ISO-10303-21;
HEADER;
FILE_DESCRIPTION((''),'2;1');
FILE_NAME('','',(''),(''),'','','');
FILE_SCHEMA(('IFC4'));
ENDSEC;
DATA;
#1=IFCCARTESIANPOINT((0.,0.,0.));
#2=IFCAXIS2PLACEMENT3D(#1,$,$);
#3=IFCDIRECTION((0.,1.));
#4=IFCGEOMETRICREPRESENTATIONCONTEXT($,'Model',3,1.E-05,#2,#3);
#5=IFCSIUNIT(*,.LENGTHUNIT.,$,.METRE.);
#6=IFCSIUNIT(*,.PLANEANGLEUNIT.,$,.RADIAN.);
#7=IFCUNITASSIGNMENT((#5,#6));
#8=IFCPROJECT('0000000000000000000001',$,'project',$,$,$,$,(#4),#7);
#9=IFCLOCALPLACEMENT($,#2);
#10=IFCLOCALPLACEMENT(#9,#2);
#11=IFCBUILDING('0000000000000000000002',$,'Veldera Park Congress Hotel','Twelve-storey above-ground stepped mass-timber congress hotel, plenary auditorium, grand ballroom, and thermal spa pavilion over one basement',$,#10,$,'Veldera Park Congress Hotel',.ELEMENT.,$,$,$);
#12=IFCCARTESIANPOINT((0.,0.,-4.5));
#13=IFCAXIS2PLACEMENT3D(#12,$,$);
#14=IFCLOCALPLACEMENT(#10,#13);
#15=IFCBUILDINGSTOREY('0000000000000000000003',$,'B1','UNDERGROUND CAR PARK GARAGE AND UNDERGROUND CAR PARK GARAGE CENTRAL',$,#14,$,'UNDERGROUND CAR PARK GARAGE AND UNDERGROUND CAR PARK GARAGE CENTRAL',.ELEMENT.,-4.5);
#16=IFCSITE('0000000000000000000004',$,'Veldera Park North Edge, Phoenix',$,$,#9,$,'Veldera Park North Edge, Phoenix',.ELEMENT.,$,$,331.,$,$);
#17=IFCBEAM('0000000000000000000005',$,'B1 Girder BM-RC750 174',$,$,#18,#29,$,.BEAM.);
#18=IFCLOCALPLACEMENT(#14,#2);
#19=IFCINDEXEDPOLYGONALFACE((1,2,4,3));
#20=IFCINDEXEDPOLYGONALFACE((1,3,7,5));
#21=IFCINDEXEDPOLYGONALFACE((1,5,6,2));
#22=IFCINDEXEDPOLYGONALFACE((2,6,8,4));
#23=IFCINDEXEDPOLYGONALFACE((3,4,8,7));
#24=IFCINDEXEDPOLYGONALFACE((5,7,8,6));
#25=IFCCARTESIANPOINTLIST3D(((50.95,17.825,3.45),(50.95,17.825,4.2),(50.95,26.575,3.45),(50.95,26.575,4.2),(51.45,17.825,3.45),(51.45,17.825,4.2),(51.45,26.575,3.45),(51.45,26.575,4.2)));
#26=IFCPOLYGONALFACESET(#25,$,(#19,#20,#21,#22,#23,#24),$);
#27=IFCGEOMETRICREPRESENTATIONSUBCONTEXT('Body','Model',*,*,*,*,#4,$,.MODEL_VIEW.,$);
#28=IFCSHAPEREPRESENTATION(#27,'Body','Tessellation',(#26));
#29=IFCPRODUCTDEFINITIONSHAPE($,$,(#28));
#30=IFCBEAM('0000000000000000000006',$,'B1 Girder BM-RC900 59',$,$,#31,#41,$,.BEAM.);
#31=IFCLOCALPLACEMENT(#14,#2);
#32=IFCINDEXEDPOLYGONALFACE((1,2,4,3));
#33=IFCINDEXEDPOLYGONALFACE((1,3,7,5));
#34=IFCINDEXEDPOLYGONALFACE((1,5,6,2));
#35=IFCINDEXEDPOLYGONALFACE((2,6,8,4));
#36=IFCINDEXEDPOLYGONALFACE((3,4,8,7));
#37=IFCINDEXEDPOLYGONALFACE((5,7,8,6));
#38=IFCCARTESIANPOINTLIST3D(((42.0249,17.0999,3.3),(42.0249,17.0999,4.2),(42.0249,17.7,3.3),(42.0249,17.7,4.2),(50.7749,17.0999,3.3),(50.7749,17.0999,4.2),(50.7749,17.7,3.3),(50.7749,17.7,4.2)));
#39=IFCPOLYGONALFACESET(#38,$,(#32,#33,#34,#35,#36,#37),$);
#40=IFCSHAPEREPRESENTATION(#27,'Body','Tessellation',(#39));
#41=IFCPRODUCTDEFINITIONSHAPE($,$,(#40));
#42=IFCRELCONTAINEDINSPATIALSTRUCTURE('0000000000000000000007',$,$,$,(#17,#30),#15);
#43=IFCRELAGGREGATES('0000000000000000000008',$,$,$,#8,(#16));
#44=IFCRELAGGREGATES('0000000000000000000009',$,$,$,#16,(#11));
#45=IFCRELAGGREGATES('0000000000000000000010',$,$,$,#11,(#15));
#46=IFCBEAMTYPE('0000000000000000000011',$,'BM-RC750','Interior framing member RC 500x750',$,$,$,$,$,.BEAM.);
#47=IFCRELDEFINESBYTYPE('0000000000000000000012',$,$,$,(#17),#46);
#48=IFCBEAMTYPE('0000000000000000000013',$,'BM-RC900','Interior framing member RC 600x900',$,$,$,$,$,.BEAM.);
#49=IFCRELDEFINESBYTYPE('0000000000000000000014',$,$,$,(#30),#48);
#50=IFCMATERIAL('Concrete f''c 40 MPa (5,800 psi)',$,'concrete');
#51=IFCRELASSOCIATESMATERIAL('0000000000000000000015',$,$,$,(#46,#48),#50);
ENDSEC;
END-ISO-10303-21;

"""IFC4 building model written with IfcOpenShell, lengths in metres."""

from ifc_helpers import new_model, si_unit, direction, frame, origin, origin_2d, place, context, subcontext, project, spatial, rectangle, extrude, material, material_profile, profile_set, type_object, element, save


model = new_model("IFC4")

# Units and contexts
model_context = context("Model", 3, precision=1e-05, world=origin(), true_north=direction((0.0, 1.0)))
body_context = subcontext(model_context, "Body", "Model", "MODEL_VIEW")
ifc_project = project(units=[si_unit("LENGTHUNIT", "METRE"), si_unit("PLANEANGLEUNIT", "RADIAN")], contexts=[model_context])

# Site, building, storey
site_placement = place(None, origin())
site = spatial("IfcSite", under=ifc_project, at=site_placement, Name="Veldera Park North Edge, Phoenix", LongName="Veldera Park North Edge, Phoenix", CompositionType="ELEMENT", RefElevation=331.0)
building_placement = place(site_placement, origin())
building = spatial("IfcBuilding", under=site, at=building_placement, Name="Veldera Park Congress Hotel", Description="Twelve-storey above-ground stepped mass-timber congress hotel, plenary auditorium, grand ballroom, and thermal spa pavilion over one basement", LongName="Veldera Park Congress Hotel", CompositionType="ELEMENT")
storey_placement = place(building_placement, frame((0.0, 0.0, -4.5)))
storey = spatial("IfcBuildingStorey", under=building, at=storey_placement, Name="B1", Description="UNDERGROUND CAR PARK GARAGE AND UNDERGROUND CAR PARK GARAGE CENTRAL", LongName="UNDERGROUND CAR PARK GARAGE AND UNDERGROUND CAR PARK GARAGE CENTRAL", CompositionType="ELEMENT", Elevation=-4.5)

# Shared definitions
ifc_material_1 = material(Name="Concrete f'c 40 MPa (5,800 psi)", Category="concrete")

# Beams
ifc_material_profile_1 = material_profile(ifc_material_1, rectangle(XDim=0.5, YDim=0.75, at=origin_2d()), Name="RC 500x750")
ifc_profile_set_1 = profile_set([ifc_material_profile_1], Name="Concrete f'c 40 MPa (5,800 psi)")
beam_type_1 = type_object("IfcBeamType", Name="BM-RC750", Description="Interior framing member RC 500x750", PredefinedType="BEAM", material=ifc_profile_set_1)
for number, where, z_axis, x_axis, name in (
    (1, (51.2, 17.825, 3.825), (0.0, 1.0, 0.0), (-1.0, 0.0, 0.0), "B1 Girder BM-RC750 174"),
):
    element("IfcBeam", number, at=place(storey_placement, frame(where, z_axis=z_axis, x_axis=x_axis)), inside=storey, type_object=beam_type_1, Name=name, PredefinedType="BEAM", context=body_context, shape_type="SweptSolid", body=[
        extrude(rectangle(XDim=0.5, YDim=0.75, at=origin_2d()), origin(), (0.0, 0.0, 1.0), 8.75),
    ])
ifc_material_profile_2 = material_profile(ifc_material_1, rectangle(XDim=0.6001, YDim=0.8999, at=origin_2d()), Name="RC 600x900")
ifc_profile_set_2 = profile_set([ifc_material_profile_2], Name="Concrete f'c 40 MPa (5,800 psi)")
beam_type_2 = type_object("IfcBeamType", Name="BM-RC900", Description="Interior framing member RC 600x900", PredefinedType="BEAM", material=ifc_profile_set_2)
beam_placement = place(storey_placement, frame((42.0249, 17.3999, 3.75), z_axis=(1.0, 0.0, 0.0), x_axis=(0.0, 1.0, 0.0)))
element("IfcBeam", 2, at=beam_placement, inside=storey, type_object=beam_type_2, Name="B1 Girder BM-RC900 59", PredefinedType="BEAM", context=body_context, shape_type="SweptSolid", body=[
    extrude(rectangle(XDim=0.6001, YDim=0.8999, at=origin_2d()), origin(), (0.0, 0.0, 1.0), 8.75),
])

save(model, "model.ifc")
